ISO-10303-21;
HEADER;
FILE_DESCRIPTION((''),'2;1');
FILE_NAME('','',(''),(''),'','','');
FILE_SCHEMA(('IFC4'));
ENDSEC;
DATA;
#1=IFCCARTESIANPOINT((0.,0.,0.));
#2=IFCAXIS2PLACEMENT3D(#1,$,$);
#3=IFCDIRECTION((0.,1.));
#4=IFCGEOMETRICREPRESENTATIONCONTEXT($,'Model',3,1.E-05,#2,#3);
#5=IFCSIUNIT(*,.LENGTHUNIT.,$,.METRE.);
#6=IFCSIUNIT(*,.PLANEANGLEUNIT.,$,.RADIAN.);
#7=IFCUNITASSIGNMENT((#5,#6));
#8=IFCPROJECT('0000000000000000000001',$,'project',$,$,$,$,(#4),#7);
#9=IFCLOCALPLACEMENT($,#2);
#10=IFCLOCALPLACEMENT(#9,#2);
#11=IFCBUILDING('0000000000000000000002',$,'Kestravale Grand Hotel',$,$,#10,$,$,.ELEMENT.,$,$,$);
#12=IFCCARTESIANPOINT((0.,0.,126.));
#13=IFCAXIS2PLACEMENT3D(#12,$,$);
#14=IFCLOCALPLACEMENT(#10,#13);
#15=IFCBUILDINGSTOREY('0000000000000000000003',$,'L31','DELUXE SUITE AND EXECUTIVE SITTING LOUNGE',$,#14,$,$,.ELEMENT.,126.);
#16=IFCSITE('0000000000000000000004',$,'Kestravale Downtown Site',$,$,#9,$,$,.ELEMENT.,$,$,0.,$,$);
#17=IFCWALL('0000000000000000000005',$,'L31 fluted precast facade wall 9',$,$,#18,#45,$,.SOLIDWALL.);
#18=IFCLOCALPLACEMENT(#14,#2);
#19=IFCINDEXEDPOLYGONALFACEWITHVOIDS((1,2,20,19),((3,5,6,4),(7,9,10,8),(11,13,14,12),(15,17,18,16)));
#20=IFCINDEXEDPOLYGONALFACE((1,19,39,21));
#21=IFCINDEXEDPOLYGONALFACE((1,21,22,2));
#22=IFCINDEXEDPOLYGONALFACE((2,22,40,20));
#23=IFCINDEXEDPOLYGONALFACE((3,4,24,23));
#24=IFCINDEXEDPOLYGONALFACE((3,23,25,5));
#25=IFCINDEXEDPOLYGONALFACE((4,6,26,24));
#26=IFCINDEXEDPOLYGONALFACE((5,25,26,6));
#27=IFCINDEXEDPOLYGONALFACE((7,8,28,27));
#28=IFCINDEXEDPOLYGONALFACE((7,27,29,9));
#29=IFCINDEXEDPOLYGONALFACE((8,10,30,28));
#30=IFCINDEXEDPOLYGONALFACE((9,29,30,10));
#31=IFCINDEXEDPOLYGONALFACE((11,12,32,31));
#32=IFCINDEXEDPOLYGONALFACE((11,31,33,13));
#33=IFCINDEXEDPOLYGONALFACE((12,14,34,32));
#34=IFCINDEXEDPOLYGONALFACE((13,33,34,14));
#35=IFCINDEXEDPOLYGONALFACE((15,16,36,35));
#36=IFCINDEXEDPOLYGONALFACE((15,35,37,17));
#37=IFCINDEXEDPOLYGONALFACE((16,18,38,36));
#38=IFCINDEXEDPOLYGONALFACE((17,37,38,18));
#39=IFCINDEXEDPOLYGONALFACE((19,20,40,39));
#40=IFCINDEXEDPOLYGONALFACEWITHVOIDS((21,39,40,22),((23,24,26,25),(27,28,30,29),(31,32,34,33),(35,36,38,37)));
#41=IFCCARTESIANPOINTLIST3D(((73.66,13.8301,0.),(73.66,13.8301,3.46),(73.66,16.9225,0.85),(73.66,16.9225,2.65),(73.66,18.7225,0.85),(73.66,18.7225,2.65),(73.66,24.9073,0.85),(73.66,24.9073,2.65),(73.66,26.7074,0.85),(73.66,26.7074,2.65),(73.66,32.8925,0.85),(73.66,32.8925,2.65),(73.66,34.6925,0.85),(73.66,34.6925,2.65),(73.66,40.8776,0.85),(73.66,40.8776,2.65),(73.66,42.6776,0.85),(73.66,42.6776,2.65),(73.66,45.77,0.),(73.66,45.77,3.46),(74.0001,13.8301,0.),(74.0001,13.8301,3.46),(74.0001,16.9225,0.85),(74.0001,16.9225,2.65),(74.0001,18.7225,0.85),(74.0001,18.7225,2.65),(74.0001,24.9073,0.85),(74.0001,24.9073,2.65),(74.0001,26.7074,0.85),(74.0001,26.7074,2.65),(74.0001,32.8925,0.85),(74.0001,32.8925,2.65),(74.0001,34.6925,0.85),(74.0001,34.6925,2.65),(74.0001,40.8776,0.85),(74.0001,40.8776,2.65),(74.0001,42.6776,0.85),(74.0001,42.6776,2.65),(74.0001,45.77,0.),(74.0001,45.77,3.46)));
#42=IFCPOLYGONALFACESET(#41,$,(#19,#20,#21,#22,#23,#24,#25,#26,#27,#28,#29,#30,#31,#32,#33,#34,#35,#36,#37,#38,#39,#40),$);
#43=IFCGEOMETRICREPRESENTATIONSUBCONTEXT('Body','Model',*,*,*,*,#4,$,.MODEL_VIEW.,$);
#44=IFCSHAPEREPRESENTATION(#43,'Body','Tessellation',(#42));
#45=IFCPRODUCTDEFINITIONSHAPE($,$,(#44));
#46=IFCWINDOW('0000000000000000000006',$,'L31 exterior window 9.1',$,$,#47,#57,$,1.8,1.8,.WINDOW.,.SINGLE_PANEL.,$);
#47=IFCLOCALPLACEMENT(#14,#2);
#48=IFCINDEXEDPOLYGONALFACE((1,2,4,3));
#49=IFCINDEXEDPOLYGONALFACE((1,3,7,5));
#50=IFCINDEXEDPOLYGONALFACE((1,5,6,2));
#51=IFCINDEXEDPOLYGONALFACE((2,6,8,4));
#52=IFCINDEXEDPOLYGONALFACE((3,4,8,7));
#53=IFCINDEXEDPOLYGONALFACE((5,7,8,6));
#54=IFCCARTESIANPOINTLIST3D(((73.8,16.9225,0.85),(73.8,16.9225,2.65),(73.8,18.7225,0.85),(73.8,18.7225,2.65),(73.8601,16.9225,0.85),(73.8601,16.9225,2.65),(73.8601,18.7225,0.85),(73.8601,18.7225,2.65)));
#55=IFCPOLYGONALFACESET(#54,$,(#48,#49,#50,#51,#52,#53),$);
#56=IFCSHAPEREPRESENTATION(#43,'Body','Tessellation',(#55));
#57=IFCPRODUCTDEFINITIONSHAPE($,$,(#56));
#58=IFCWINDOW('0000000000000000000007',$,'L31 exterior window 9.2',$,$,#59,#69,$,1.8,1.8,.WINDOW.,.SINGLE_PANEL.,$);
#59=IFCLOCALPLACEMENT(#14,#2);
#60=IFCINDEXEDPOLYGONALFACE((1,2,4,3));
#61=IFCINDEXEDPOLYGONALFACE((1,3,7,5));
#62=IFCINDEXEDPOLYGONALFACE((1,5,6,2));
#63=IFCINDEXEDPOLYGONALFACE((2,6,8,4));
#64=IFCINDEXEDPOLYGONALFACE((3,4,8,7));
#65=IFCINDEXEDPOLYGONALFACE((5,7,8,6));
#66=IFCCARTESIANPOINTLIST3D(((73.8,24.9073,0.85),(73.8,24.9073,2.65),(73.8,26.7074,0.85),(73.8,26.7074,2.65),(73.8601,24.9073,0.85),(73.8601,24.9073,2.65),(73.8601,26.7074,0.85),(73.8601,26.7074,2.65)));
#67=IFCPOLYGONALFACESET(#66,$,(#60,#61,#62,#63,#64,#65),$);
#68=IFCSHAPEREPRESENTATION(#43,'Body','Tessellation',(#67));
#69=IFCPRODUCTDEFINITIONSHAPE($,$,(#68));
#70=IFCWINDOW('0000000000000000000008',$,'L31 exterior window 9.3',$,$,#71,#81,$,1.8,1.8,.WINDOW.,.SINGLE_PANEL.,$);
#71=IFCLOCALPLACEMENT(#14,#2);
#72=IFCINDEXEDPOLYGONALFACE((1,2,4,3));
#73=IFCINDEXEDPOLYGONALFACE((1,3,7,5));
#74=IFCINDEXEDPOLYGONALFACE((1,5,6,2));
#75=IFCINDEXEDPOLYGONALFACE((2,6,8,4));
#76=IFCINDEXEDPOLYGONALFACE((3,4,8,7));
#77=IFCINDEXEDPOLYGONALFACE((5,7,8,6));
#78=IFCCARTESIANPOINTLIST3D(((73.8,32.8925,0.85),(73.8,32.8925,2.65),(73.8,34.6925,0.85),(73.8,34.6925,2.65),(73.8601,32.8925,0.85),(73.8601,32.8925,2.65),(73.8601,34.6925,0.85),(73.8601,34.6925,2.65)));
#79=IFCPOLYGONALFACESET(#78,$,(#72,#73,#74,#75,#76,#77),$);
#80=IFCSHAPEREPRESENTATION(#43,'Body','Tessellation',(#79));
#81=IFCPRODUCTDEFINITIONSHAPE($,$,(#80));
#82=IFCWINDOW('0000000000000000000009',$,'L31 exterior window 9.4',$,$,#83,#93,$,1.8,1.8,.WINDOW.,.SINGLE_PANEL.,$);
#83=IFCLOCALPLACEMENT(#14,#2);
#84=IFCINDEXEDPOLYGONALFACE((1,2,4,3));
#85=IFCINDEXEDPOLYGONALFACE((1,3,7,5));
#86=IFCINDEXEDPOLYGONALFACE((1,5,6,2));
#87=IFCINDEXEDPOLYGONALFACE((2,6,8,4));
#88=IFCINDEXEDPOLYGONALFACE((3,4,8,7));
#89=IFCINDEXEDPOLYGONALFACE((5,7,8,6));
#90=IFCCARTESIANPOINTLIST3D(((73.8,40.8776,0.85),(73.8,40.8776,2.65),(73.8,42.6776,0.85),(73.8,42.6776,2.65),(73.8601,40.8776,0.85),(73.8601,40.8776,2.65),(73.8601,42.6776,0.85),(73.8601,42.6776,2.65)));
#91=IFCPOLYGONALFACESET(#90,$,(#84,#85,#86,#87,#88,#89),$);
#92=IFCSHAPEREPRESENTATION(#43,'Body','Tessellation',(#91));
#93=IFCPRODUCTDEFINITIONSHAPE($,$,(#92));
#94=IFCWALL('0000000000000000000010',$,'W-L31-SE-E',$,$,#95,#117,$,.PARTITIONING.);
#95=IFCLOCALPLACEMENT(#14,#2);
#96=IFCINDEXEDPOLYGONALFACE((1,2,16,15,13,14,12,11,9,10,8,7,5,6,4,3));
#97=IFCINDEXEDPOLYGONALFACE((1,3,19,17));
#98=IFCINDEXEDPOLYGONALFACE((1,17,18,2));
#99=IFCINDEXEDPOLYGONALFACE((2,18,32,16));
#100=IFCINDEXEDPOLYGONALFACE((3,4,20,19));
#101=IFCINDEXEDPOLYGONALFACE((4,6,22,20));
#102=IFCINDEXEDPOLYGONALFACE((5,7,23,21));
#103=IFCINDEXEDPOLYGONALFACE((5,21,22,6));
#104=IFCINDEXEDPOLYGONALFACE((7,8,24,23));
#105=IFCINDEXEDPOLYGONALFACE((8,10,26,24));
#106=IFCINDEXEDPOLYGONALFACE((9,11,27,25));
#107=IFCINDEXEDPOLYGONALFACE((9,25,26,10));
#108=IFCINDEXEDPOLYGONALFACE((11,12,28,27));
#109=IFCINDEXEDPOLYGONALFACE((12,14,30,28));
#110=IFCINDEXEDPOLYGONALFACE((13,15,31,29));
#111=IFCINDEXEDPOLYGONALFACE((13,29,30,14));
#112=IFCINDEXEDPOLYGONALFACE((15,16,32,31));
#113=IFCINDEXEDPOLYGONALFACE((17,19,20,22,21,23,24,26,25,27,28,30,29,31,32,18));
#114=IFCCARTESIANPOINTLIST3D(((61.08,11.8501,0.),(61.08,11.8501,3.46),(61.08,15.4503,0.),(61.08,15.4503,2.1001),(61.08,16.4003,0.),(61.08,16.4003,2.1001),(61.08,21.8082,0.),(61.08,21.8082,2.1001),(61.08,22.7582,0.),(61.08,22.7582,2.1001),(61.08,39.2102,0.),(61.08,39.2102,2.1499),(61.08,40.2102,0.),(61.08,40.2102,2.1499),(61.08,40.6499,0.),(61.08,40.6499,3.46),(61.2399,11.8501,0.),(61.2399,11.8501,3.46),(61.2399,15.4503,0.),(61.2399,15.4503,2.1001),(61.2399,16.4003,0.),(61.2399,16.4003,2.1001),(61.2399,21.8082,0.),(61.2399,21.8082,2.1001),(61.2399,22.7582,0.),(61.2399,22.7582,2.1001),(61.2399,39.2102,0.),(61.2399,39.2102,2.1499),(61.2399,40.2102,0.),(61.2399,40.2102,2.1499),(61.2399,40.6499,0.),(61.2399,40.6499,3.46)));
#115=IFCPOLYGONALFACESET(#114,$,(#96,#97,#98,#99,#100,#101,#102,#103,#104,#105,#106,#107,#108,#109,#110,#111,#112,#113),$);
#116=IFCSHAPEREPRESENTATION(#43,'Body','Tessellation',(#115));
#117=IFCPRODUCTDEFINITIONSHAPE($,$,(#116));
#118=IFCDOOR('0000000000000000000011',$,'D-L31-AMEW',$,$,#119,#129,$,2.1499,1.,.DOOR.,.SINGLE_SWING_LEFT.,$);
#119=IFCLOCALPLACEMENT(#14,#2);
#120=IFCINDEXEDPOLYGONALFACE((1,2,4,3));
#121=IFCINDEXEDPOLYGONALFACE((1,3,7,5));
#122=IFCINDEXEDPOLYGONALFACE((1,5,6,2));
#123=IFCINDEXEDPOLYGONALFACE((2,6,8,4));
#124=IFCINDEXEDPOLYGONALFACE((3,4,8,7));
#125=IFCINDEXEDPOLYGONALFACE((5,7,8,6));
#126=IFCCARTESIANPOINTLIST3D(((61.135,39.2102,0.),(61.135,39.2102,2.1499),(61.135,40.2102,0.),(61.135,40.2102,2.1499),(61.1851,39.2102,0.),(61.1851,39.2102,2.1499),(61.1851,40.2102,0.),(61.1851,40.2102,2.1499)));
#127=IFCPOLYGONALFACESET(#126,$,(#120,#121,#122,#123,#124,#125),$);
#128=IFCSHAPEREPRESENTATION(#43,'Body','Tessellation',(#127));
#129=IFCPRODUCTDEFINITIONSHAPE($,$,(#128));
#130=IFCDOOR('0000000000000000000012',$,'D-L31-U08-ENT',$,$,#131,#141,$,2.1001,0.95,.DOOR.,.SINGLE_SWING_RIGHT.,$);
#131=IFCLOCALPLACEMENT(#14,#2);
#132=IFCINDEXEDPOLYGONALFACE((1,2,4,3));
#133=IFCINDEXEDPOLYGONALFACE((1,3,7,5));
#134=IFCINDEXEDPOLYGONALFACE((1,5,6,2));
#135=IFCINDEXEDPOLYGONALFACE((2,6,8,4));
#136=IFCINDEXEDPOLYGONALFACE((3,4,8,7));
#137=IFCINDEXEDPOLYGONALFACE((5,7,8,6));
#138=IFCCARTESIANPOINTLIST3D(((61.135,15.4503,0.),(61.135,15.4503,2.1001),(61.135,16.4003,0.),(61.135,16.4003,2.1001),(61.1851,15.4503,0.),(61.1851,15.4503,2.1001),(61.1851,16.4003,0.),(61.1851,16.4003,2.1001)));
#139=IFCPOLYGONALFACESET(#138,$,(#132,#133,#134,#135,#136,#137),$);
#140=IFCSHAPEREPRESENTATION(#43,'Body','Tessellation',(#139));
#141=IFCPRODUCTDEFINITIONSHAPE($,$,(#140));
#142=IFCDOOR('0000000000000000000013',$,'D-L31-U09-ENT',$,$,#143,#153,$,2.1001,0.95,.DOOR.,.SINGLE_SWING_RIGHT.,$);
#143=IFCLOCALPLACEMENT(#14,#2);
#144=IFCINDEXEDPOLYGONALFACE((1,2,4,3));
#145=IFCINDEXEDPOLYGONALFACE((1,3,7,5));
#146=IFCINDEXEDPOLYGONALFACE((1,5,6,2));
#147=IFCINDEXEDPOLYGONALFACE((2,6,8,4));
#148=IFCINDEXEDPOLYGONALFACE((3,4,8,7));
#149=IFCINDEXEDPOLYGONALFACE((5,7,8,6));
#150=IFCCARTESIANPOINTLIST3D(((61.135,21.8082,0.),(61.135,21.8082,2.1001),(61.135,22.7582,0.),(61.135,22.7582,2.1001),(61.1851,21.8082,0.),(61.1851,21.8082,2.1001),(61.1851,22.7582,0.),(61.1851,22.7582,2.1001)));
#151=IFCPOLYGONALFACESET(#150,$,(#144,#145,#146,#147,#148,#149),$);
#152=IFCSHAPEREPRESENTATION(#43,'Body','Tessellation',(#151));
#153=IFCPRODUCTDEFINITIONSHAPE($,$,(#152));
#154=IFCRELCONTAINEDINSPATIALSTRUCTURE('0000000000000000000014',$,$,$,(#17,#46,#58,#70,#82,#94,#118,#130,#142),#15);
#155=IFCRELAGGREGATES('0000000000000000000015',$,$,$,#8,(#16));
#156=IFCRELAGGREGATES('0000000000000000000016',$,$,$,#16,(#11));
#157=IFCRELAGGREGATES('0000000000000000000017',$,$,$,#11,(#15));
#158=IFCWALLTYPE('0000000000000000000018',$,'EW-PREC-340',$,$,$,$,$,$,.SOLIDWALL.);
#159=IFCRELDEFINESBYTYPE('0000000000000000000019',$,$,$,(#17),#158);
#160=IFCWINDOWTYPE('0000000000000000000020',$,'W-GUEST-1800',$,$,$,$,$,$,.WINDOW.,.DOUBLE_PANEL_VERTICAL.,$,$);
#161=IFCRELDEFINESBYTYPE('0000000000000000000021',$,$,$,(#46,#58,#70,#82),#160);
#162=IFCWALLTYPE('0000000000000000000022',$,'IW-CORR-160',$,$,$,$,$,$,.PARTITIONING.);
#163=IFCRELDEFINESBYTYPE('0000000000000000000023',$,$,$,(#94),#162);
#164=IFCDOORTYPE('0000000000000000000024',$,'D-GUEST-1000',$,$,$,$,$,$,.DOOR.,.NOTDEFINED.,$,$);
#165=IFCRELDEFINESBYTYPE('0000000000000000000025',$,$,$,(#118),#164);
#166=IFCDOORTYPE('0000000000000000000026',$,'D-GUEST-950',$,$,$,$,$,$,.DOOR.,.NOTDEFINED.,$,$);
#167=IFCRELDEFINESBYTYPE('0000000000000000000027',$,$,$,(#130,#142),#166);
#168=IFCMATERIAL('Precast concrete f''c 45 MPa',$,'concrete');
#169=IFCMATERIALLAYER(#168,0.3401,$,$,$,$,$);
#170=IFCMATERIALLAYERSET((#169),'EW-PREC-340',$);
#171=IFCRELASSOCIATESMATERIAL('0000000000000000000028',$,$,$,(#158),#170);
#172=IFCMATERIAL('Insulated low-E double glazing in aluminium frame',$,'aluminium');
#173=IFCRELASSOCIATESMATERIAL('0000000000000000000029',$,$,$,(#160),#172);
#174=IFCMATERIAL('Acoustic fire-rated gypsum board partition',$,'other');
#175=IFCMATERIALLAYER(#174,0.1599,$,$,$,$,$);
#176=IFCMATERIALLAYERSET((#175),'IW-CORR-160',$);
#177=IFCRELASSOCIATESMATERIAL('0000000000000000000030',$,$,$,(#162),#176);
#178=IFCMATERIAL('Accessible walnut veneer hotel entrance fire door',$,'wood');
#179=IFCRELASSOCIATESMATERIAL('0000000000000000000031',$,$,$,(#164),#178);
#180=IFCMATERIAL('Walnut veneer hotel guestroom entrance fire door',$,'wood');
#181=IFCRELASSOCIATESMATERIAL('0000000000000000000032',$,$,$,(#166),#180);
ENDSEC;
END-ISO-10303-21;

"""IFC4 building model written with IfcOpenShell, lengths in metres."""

from ifc_helpers import new_model, si_unit, direction, frame, frame_2d, origin, place, context, subcontext, project, spatial, rectangle, extrude, material, layer, layer_set, type_object, element, fill, save


model = new_model("IFC4")

# Units and contexts
model_context = context("Model", 3, precision=1e-05, world=origin(), true_north=direction((0.0, 1.0)))
body_context = subcontext(model_context, "Body", "Model", "MODEL_VIEW")
ifc_project = project(units=[si_unit("LENGTHUNIT", "METRE"), si_unit("PLANEANGLEUNIT", "RADIAN")], contexts=[model_context])

# Site, building, storey
site_placement = place(None, origin())
site = spatial("IfcSite", under=ifc_project, at=site_placement, Name="Kestravale Downtown Site", CompositionType="ELEMENT", RefElevation=0.0)
building_placement = place(site_placement, origin())
building = spatial("IfcBuilding", under=site, at=building_placement, Name="Kestravale Grand Hotel", CompositionType="ELEMENT")
storey_placement = place(building_placement, frame((0.0, 0.0, 126.0)))
storey = spatial("IfcBuildingStorey", under=building, at=storey_placement, Name="L31", Description="DELUXE SUITE AND EXECUTIVE SITTING LOUNGE", CompositionType="ELEMENT", Elevation=126.0)

# Shared definitions
ifc_material_1 = material(Name="Precast concrete f'c 45 MPa", Category="concrete")
ifc_layer_1 = layer(ifc_material_1, 0.3401)
ifc_layer_set_1 = layer_set([ifc_layer_1], Name="EW-PREC-340")
wall_type_1 = type_object("IfcWallType", Name="EW-PREC-340", PredefinedType="SOLIDWALL", material=ifc_layer_set_1)
ifc_material_2 = material(Name="Insulated low-E double glazing in aluminium frame", Category="aluminium")
window_type = type_object("IfcWindowType", Name="W-GUEST-1800", PartitioningType="DOUBLE_PANEL_VERTICAL", PredefinedType="WINDOW", material=ifc_material_2)

# Wall, openings, windows
wall_1_placement = place(storey_placement, frame((73.8301, 13.8301, 0.0), z_axis=(0.0, 0.0, 1.0), x_axis=(0.0, 1.0, 0.0)))
wall_1 = element("IfcWall", 1, at=wall_1_placement, inside=storey, type_object=wall_type_1, Name="L31 fluted precast facade wall 9", PredefinedType="SOLIDWALL", context=body_context, shape_type="SweptSolid", body=[
    extrude(rectangle(XDim=31.9399, YDim=0.3401, at=frame_2d((15.97, 0.0))), origin(), (0.0, 0.0, 1.0), 3.46),
])
opening_1_placement = place(wall_1_placement, frame((3.0925, 0.0, 0.8501)))
opening_1 = element("IfcOpeningElement", 2, at=opening_1_placement, cuts=wall_1, PredefinedType="OPENING", context=body_context, shape_type="SweptSolid", body=[
    extrude(rectangle(XDim=1.8, YDim=1.8, at=frame_2d((0.8999, 0.8999))), frame((0.0, 0.1799, 0.0), z_axis=(0.0, -1.0, 0.0), x_axis=(1.0, 0.0, 0.0)), (0.0, 0.0, 1.0), 0.3601),
])
opening_2_placement = place(wall_1_placement, frame((11.0774, 0.0, 0.8501)))
opening_2 = element("IfcOpeningElement", 3, at=opening_2_placement, cuts=wall_1, PredefinedType="OPENING", context=body_context, shape_type="SweptSolid", body=[
    extrude(rectangle(XDim=1.8, YDim=1.8, at=frame_2d((0.8999, 0.8999))), frame((0.0, 0.1799, 0.0), z_axis=(0.0, -1.0, 0.0), x_axis=(1.0, 0.0, 0.0)), (0.0, 0.0, 1.0), 0.3601),
])
opening_3_placement = place(wall_1_placement, frame((19.0625, 0.0, 0.8501)))
opening_3 = element("IfcOpeningElement", 4, at=opening_3_placement, cuts=wall_1, PredefinedType="OPENING", context=body_context, shape_type="SweptSolid", body=[
    extrude(rectangle(XDim=1.8, YDim=1.8, at=frame_2d((0.8999, 0.8999))), frame((0.0, 0.1799, 0.0), z_axis=(0.0, -1.0, 0.0), x_axis=(1.0, 0.0, 0.0)), (0.0, 0.0, 1.0), 0.3601),
])
opening_4_placement = place(wall_1_placement, frame((27.0476, 0.0, 0.8501)))
opening_4 = element("IfcOpeningElement", 5, at=opening_4_placement, cuts=wall_1, PredefinedType="OPENING", context=body_context, shape_type="SweptSolid", body=[
    extrude(rectangle(XDim=1.8, YDim=1.8, at=frame_2d((0.8999, 0.8999))), frame((0.0, 0.1799, 0.0), z_axis=(0.0, -1.0, 0.0), x_axis=(1.0, 0.0, 0.0)), (0.0, 0.0, 1.0), 0.3601),
])
window_1_placement = place(opening_1_placement, origin())
window_1 = element("IfcWindow", 6, at=window_1_placement, inside=storey, type_object=window_type, Name="L31 exterior window 9.1", OverallHeight=1.8, OverallWidth=1.8, PartitioningType="SINGLE_PANEL", PredefinedType="WINDOW", context=body_context, shape_type="SweptSolid", body=[
    extrude(rectangle(XDim=1.8, YDim=1.8, at=frame_2d((0.8999, 0.8999))), frame((0.0, 0.03, 0.0), z_axis=(0.0, -1.0, 0.0), x_axis=(1.0, 0.0, 0.0)), (0.0, 0.0, 1.0), 0.0601),
])
fill(opening_1, window_1)
window_2_placement = place(opening_2_placement, origin())
window_2 = element("IfcWindow", 7, at=window_2_placement, inside=storey, type_object=window_type, Name="L31 exterior window 9.2", OverallHeight=1.8, OverallWidth=1.8, PartitioningType="SINGLE_PANEL", PredefinedType="WINDOW", context=body_context, shape_type="SweptSolid", body=[
    extrude(rectangle(XDim=1.8, YDim=1.8, at=frame_2d((0.8999, 0.8999))), frame((0.0, 0.03, 0.0), z_axis=(0.0, -1.0, 0.0), x_axis=(1.0, 0.0, 0.0)), (0.0, 0.0, 1.0), 0.0601),
])
fill(opening_2, window_2)
window_3_placement = place(opening_3_placement, origin())
window_3 = element("IfcWindow", 8, at=window_3_placement, inside=storey, type_object=window_type, Name="L31 exterior window 9.3", OverallHeight=1.8, OverallWidth=1.8, PartitioningType="SINGLE_PANEL", PredefinedType="WINDOW", context=body_context, shape_type="SweptSolid", body=[
    extrude(rectangle(XDim=1.8, YDim=1.8, at=frame_2d((0.8999, 0.8999))), frame((0.0, 0.03, 0.0), z_axis=(0.0, -1.0, 0.0), x_axis=(1.0, 0.0, 0.0)), (0.0, 0.0, 1.0), 0.0601),
])
fill(opening_3, window_3)
window_4_placement = place(opening_4_placement, origin())
window_4 = element("IfcWindow", 9, at=window_4_placement, inside=storey, type_object=window_type, Name="L31 exterior window 9.4", OverallHeight=1.8, OverallWidth=1.8, PartitioningType="SINGLE_PANEL", PredefinedType="WINDOW", context=body_context, shape_type="SweptSolid", body=[
    extrude(rectangle(XDim=1.8, YDim=1.8, at=frame_2d((0.8999, 0.8999))), frame((0.0, 0.03, 0.0), z_axis=(0.0, -1.0, 0.0), x_axis=(1.0, 0.0, 0.0)), (0.0, 0.0, 1.0), 0.0601),
])
fill(opening_4, window_4)

# Wall, openings, doors
ifc_material_3 = material(Name="Acoustic fire-rated gypsum board partition", Category="other")
ifc_layer_2 = layer(ifc_material_3, 0.1599)
ifc_layer_set_2 = layer_set([ifc_layer_2], Name="IW-CORR-160")
wall_type_2 = type_object("IfcWallType", Name="IW-CORR-160", PredefinedType="PARTITIONING", material=ifc_layer_set_2)
wall_2_placement = place(storey_placement, frame((61.1599, 11.8501, 0.0), z_axis=(0.0, 0.0, 1.0), x_axis=(0.0, 1.0, 0.0)))
wall_2 = element("IfcWall", 10, at=wall_2_placement, inside=storey, type_object=wall_type_2, Name="W-L31-SE-E", PredefinedType="PARTITIONING", context=body_context, shape_type="SweptSolid", body=[
    extrude(rectangle(XDim=28.7998, YDim=0.1599, at=frame_2d((14.3999, 0.0))), origin(), (0.0, 0.0, 1.0), 3.46),
])
opening_5_placement = place(wall_2_placement, frame((3.6001, 0.0, 0.0)))
opening_5 = element("IfcOpeningElement", 11, at=opening_5_placement, cuts=wall_2, PredefinedType="OPENING", context=body_context, shape_type="SweptSolid", body=[
    extrude(rectangle(XDim=0.95, YDim=2.1001, at=frame_2d((0.4751, 1.05))), frame((0.0, 0.0898, 0.0), z_axis=(0.0, -1.0, 0.0), x_axis=(1.0, 0.0, 0.0)), (0.0, 0.0, 1.0), 0.1799),
])
opening_6_placement = place(wall_2_placement, frame((9.958, 0.0, 0.0)))
opening_6 = element("IfcOpeningElement", 12, at=opening_6_placement, cuts=wall_2, PredefinedType="OPENING", context=body_context, shape_type="SweptSolid", body=[
    extrude(rectangle(XDim=0.95, YDim=2.1001, at=frame_2d((0.4751, 1.05))), frame((0.0, 0.0898, 0.0), z_axis=(0.0, -1.0, 0.0), x_axis=(1.0, 0.0, 0.0)), (0.0, 0.0, 1.0), 0.1799),
])
opening_7_placement = place(wall_2_placement, frame((27.3601, 0.0, 0.0)))
opening_7 = element("IfcOpeningElement", 13, at=opening_7_placement, cuts=wall_2, PredefinedType="OPENING", context=body_context, shape_type="SweptSolid", body=[
    extrude(rectangle(XDim=1.0, YDim=2.1499, at=frame_2d((0.5, 1.075))), frame((0.0, 0.0898, 0.0), z_axis=(0.0, -1.0, 0.0), x_axis=(1.0, 0.0, 0.0)), (0.0, 0.0, 1.0), 0.1799),
])
ifc_material_4 = material(Name="Accessible walnut veneer hotel entrance fire door", Category="wood")
door_type_1 = type_object("IfcDoorType", Name="D-GUEST-1000", OperationType="NOTDEFINED", PredefinedType="DOOR", material=ifc_material_4)
door_1_placement = place(opening_7_placement, origin())
door_1 = element("IfcDoor", 14, at=door_1_placement, inside=storey, type_object=door_type_1, Name="D-L31-AMEW", OperationType="SINGLE_SWING_LEFT", OverallHeight=2.1499, OverallWidth=1.0, PredefinedType="DOOR", context=body_context, shape_type="SweptSolid", body=[
    extrude(rectangle(XDim=1.0, YDim=2.1499, at=frame_2d((0.5, 1.075))), frame((0.0, 0.0249, 0.0), z_axis=(0.0, -1.0, 0.0), x_axis=(1.0, 0.0, 0.0)), (0.0, 0.0, 1.0), 0.05),
])
fill(opening_7, door_1)
ifc_material_5 = material(Name="Walnut veneer hotel guestroom entrance fire door", Category="wood")
door_type_2 = type_object("IfcDoorType", Name="D-GUEST-950", OperationType="NOTDEFINED", PredefinedType="DOOR", material=ifc_material_5)
door_2_placement = place(opening_5_placement, origin())
door_2 = element("IfcDoor", 15, at=door_2_placement, inside=storey, type_object=door_type_2, Name="D-L31-U08-ENT", OperationType="SINGLE_SWING_RIGHT", OverallHeight=2.1001, OverallWidth=0.95, PredefinedType="DOOR", context=body_context, shape_type="SweptSolid", body=[
    extrude(rectangle(XDim=0.95, YDim=2.1001, at=frame_2d((0.4751, 1.05))), frame((0.0, 0.0249, 0.0), z_axis=(0.0, -1.0, 0.0), x_axis=(1.0, 0.0, 0.0)), (0.0, 0.0, 1.0), 0.05),
])
fill(opening_5, door_2)
door_3_placement = place(opening_6_placement, origin())
door_3 = element("IfcDoor", 16, at=door_3_placement, inside=storey, type_object=door_type_2, Name="D-L31-U09-ENT", OperationType="SINGLE_SWING_RIGHT", OverallHeight=2.1001, OverallWidth=0.95, PredefinedType="DOOR", context=body_context, shape_type="SweptSolid", body=[
    extrude(rectangle(XDim=0.95, YDim=2.1001, at=frame_2d((0.4751, 1.05))), frame((0.0, 0.0249, 0.0), z_axis=(0.0, -1.0, 0.0), x_axis=(1.0, 0.0, 0.0)), (0.0, 0.0, 1.0), 0.05),
])
fill(opening_6, door_3)

save(model, "model.ifc")
